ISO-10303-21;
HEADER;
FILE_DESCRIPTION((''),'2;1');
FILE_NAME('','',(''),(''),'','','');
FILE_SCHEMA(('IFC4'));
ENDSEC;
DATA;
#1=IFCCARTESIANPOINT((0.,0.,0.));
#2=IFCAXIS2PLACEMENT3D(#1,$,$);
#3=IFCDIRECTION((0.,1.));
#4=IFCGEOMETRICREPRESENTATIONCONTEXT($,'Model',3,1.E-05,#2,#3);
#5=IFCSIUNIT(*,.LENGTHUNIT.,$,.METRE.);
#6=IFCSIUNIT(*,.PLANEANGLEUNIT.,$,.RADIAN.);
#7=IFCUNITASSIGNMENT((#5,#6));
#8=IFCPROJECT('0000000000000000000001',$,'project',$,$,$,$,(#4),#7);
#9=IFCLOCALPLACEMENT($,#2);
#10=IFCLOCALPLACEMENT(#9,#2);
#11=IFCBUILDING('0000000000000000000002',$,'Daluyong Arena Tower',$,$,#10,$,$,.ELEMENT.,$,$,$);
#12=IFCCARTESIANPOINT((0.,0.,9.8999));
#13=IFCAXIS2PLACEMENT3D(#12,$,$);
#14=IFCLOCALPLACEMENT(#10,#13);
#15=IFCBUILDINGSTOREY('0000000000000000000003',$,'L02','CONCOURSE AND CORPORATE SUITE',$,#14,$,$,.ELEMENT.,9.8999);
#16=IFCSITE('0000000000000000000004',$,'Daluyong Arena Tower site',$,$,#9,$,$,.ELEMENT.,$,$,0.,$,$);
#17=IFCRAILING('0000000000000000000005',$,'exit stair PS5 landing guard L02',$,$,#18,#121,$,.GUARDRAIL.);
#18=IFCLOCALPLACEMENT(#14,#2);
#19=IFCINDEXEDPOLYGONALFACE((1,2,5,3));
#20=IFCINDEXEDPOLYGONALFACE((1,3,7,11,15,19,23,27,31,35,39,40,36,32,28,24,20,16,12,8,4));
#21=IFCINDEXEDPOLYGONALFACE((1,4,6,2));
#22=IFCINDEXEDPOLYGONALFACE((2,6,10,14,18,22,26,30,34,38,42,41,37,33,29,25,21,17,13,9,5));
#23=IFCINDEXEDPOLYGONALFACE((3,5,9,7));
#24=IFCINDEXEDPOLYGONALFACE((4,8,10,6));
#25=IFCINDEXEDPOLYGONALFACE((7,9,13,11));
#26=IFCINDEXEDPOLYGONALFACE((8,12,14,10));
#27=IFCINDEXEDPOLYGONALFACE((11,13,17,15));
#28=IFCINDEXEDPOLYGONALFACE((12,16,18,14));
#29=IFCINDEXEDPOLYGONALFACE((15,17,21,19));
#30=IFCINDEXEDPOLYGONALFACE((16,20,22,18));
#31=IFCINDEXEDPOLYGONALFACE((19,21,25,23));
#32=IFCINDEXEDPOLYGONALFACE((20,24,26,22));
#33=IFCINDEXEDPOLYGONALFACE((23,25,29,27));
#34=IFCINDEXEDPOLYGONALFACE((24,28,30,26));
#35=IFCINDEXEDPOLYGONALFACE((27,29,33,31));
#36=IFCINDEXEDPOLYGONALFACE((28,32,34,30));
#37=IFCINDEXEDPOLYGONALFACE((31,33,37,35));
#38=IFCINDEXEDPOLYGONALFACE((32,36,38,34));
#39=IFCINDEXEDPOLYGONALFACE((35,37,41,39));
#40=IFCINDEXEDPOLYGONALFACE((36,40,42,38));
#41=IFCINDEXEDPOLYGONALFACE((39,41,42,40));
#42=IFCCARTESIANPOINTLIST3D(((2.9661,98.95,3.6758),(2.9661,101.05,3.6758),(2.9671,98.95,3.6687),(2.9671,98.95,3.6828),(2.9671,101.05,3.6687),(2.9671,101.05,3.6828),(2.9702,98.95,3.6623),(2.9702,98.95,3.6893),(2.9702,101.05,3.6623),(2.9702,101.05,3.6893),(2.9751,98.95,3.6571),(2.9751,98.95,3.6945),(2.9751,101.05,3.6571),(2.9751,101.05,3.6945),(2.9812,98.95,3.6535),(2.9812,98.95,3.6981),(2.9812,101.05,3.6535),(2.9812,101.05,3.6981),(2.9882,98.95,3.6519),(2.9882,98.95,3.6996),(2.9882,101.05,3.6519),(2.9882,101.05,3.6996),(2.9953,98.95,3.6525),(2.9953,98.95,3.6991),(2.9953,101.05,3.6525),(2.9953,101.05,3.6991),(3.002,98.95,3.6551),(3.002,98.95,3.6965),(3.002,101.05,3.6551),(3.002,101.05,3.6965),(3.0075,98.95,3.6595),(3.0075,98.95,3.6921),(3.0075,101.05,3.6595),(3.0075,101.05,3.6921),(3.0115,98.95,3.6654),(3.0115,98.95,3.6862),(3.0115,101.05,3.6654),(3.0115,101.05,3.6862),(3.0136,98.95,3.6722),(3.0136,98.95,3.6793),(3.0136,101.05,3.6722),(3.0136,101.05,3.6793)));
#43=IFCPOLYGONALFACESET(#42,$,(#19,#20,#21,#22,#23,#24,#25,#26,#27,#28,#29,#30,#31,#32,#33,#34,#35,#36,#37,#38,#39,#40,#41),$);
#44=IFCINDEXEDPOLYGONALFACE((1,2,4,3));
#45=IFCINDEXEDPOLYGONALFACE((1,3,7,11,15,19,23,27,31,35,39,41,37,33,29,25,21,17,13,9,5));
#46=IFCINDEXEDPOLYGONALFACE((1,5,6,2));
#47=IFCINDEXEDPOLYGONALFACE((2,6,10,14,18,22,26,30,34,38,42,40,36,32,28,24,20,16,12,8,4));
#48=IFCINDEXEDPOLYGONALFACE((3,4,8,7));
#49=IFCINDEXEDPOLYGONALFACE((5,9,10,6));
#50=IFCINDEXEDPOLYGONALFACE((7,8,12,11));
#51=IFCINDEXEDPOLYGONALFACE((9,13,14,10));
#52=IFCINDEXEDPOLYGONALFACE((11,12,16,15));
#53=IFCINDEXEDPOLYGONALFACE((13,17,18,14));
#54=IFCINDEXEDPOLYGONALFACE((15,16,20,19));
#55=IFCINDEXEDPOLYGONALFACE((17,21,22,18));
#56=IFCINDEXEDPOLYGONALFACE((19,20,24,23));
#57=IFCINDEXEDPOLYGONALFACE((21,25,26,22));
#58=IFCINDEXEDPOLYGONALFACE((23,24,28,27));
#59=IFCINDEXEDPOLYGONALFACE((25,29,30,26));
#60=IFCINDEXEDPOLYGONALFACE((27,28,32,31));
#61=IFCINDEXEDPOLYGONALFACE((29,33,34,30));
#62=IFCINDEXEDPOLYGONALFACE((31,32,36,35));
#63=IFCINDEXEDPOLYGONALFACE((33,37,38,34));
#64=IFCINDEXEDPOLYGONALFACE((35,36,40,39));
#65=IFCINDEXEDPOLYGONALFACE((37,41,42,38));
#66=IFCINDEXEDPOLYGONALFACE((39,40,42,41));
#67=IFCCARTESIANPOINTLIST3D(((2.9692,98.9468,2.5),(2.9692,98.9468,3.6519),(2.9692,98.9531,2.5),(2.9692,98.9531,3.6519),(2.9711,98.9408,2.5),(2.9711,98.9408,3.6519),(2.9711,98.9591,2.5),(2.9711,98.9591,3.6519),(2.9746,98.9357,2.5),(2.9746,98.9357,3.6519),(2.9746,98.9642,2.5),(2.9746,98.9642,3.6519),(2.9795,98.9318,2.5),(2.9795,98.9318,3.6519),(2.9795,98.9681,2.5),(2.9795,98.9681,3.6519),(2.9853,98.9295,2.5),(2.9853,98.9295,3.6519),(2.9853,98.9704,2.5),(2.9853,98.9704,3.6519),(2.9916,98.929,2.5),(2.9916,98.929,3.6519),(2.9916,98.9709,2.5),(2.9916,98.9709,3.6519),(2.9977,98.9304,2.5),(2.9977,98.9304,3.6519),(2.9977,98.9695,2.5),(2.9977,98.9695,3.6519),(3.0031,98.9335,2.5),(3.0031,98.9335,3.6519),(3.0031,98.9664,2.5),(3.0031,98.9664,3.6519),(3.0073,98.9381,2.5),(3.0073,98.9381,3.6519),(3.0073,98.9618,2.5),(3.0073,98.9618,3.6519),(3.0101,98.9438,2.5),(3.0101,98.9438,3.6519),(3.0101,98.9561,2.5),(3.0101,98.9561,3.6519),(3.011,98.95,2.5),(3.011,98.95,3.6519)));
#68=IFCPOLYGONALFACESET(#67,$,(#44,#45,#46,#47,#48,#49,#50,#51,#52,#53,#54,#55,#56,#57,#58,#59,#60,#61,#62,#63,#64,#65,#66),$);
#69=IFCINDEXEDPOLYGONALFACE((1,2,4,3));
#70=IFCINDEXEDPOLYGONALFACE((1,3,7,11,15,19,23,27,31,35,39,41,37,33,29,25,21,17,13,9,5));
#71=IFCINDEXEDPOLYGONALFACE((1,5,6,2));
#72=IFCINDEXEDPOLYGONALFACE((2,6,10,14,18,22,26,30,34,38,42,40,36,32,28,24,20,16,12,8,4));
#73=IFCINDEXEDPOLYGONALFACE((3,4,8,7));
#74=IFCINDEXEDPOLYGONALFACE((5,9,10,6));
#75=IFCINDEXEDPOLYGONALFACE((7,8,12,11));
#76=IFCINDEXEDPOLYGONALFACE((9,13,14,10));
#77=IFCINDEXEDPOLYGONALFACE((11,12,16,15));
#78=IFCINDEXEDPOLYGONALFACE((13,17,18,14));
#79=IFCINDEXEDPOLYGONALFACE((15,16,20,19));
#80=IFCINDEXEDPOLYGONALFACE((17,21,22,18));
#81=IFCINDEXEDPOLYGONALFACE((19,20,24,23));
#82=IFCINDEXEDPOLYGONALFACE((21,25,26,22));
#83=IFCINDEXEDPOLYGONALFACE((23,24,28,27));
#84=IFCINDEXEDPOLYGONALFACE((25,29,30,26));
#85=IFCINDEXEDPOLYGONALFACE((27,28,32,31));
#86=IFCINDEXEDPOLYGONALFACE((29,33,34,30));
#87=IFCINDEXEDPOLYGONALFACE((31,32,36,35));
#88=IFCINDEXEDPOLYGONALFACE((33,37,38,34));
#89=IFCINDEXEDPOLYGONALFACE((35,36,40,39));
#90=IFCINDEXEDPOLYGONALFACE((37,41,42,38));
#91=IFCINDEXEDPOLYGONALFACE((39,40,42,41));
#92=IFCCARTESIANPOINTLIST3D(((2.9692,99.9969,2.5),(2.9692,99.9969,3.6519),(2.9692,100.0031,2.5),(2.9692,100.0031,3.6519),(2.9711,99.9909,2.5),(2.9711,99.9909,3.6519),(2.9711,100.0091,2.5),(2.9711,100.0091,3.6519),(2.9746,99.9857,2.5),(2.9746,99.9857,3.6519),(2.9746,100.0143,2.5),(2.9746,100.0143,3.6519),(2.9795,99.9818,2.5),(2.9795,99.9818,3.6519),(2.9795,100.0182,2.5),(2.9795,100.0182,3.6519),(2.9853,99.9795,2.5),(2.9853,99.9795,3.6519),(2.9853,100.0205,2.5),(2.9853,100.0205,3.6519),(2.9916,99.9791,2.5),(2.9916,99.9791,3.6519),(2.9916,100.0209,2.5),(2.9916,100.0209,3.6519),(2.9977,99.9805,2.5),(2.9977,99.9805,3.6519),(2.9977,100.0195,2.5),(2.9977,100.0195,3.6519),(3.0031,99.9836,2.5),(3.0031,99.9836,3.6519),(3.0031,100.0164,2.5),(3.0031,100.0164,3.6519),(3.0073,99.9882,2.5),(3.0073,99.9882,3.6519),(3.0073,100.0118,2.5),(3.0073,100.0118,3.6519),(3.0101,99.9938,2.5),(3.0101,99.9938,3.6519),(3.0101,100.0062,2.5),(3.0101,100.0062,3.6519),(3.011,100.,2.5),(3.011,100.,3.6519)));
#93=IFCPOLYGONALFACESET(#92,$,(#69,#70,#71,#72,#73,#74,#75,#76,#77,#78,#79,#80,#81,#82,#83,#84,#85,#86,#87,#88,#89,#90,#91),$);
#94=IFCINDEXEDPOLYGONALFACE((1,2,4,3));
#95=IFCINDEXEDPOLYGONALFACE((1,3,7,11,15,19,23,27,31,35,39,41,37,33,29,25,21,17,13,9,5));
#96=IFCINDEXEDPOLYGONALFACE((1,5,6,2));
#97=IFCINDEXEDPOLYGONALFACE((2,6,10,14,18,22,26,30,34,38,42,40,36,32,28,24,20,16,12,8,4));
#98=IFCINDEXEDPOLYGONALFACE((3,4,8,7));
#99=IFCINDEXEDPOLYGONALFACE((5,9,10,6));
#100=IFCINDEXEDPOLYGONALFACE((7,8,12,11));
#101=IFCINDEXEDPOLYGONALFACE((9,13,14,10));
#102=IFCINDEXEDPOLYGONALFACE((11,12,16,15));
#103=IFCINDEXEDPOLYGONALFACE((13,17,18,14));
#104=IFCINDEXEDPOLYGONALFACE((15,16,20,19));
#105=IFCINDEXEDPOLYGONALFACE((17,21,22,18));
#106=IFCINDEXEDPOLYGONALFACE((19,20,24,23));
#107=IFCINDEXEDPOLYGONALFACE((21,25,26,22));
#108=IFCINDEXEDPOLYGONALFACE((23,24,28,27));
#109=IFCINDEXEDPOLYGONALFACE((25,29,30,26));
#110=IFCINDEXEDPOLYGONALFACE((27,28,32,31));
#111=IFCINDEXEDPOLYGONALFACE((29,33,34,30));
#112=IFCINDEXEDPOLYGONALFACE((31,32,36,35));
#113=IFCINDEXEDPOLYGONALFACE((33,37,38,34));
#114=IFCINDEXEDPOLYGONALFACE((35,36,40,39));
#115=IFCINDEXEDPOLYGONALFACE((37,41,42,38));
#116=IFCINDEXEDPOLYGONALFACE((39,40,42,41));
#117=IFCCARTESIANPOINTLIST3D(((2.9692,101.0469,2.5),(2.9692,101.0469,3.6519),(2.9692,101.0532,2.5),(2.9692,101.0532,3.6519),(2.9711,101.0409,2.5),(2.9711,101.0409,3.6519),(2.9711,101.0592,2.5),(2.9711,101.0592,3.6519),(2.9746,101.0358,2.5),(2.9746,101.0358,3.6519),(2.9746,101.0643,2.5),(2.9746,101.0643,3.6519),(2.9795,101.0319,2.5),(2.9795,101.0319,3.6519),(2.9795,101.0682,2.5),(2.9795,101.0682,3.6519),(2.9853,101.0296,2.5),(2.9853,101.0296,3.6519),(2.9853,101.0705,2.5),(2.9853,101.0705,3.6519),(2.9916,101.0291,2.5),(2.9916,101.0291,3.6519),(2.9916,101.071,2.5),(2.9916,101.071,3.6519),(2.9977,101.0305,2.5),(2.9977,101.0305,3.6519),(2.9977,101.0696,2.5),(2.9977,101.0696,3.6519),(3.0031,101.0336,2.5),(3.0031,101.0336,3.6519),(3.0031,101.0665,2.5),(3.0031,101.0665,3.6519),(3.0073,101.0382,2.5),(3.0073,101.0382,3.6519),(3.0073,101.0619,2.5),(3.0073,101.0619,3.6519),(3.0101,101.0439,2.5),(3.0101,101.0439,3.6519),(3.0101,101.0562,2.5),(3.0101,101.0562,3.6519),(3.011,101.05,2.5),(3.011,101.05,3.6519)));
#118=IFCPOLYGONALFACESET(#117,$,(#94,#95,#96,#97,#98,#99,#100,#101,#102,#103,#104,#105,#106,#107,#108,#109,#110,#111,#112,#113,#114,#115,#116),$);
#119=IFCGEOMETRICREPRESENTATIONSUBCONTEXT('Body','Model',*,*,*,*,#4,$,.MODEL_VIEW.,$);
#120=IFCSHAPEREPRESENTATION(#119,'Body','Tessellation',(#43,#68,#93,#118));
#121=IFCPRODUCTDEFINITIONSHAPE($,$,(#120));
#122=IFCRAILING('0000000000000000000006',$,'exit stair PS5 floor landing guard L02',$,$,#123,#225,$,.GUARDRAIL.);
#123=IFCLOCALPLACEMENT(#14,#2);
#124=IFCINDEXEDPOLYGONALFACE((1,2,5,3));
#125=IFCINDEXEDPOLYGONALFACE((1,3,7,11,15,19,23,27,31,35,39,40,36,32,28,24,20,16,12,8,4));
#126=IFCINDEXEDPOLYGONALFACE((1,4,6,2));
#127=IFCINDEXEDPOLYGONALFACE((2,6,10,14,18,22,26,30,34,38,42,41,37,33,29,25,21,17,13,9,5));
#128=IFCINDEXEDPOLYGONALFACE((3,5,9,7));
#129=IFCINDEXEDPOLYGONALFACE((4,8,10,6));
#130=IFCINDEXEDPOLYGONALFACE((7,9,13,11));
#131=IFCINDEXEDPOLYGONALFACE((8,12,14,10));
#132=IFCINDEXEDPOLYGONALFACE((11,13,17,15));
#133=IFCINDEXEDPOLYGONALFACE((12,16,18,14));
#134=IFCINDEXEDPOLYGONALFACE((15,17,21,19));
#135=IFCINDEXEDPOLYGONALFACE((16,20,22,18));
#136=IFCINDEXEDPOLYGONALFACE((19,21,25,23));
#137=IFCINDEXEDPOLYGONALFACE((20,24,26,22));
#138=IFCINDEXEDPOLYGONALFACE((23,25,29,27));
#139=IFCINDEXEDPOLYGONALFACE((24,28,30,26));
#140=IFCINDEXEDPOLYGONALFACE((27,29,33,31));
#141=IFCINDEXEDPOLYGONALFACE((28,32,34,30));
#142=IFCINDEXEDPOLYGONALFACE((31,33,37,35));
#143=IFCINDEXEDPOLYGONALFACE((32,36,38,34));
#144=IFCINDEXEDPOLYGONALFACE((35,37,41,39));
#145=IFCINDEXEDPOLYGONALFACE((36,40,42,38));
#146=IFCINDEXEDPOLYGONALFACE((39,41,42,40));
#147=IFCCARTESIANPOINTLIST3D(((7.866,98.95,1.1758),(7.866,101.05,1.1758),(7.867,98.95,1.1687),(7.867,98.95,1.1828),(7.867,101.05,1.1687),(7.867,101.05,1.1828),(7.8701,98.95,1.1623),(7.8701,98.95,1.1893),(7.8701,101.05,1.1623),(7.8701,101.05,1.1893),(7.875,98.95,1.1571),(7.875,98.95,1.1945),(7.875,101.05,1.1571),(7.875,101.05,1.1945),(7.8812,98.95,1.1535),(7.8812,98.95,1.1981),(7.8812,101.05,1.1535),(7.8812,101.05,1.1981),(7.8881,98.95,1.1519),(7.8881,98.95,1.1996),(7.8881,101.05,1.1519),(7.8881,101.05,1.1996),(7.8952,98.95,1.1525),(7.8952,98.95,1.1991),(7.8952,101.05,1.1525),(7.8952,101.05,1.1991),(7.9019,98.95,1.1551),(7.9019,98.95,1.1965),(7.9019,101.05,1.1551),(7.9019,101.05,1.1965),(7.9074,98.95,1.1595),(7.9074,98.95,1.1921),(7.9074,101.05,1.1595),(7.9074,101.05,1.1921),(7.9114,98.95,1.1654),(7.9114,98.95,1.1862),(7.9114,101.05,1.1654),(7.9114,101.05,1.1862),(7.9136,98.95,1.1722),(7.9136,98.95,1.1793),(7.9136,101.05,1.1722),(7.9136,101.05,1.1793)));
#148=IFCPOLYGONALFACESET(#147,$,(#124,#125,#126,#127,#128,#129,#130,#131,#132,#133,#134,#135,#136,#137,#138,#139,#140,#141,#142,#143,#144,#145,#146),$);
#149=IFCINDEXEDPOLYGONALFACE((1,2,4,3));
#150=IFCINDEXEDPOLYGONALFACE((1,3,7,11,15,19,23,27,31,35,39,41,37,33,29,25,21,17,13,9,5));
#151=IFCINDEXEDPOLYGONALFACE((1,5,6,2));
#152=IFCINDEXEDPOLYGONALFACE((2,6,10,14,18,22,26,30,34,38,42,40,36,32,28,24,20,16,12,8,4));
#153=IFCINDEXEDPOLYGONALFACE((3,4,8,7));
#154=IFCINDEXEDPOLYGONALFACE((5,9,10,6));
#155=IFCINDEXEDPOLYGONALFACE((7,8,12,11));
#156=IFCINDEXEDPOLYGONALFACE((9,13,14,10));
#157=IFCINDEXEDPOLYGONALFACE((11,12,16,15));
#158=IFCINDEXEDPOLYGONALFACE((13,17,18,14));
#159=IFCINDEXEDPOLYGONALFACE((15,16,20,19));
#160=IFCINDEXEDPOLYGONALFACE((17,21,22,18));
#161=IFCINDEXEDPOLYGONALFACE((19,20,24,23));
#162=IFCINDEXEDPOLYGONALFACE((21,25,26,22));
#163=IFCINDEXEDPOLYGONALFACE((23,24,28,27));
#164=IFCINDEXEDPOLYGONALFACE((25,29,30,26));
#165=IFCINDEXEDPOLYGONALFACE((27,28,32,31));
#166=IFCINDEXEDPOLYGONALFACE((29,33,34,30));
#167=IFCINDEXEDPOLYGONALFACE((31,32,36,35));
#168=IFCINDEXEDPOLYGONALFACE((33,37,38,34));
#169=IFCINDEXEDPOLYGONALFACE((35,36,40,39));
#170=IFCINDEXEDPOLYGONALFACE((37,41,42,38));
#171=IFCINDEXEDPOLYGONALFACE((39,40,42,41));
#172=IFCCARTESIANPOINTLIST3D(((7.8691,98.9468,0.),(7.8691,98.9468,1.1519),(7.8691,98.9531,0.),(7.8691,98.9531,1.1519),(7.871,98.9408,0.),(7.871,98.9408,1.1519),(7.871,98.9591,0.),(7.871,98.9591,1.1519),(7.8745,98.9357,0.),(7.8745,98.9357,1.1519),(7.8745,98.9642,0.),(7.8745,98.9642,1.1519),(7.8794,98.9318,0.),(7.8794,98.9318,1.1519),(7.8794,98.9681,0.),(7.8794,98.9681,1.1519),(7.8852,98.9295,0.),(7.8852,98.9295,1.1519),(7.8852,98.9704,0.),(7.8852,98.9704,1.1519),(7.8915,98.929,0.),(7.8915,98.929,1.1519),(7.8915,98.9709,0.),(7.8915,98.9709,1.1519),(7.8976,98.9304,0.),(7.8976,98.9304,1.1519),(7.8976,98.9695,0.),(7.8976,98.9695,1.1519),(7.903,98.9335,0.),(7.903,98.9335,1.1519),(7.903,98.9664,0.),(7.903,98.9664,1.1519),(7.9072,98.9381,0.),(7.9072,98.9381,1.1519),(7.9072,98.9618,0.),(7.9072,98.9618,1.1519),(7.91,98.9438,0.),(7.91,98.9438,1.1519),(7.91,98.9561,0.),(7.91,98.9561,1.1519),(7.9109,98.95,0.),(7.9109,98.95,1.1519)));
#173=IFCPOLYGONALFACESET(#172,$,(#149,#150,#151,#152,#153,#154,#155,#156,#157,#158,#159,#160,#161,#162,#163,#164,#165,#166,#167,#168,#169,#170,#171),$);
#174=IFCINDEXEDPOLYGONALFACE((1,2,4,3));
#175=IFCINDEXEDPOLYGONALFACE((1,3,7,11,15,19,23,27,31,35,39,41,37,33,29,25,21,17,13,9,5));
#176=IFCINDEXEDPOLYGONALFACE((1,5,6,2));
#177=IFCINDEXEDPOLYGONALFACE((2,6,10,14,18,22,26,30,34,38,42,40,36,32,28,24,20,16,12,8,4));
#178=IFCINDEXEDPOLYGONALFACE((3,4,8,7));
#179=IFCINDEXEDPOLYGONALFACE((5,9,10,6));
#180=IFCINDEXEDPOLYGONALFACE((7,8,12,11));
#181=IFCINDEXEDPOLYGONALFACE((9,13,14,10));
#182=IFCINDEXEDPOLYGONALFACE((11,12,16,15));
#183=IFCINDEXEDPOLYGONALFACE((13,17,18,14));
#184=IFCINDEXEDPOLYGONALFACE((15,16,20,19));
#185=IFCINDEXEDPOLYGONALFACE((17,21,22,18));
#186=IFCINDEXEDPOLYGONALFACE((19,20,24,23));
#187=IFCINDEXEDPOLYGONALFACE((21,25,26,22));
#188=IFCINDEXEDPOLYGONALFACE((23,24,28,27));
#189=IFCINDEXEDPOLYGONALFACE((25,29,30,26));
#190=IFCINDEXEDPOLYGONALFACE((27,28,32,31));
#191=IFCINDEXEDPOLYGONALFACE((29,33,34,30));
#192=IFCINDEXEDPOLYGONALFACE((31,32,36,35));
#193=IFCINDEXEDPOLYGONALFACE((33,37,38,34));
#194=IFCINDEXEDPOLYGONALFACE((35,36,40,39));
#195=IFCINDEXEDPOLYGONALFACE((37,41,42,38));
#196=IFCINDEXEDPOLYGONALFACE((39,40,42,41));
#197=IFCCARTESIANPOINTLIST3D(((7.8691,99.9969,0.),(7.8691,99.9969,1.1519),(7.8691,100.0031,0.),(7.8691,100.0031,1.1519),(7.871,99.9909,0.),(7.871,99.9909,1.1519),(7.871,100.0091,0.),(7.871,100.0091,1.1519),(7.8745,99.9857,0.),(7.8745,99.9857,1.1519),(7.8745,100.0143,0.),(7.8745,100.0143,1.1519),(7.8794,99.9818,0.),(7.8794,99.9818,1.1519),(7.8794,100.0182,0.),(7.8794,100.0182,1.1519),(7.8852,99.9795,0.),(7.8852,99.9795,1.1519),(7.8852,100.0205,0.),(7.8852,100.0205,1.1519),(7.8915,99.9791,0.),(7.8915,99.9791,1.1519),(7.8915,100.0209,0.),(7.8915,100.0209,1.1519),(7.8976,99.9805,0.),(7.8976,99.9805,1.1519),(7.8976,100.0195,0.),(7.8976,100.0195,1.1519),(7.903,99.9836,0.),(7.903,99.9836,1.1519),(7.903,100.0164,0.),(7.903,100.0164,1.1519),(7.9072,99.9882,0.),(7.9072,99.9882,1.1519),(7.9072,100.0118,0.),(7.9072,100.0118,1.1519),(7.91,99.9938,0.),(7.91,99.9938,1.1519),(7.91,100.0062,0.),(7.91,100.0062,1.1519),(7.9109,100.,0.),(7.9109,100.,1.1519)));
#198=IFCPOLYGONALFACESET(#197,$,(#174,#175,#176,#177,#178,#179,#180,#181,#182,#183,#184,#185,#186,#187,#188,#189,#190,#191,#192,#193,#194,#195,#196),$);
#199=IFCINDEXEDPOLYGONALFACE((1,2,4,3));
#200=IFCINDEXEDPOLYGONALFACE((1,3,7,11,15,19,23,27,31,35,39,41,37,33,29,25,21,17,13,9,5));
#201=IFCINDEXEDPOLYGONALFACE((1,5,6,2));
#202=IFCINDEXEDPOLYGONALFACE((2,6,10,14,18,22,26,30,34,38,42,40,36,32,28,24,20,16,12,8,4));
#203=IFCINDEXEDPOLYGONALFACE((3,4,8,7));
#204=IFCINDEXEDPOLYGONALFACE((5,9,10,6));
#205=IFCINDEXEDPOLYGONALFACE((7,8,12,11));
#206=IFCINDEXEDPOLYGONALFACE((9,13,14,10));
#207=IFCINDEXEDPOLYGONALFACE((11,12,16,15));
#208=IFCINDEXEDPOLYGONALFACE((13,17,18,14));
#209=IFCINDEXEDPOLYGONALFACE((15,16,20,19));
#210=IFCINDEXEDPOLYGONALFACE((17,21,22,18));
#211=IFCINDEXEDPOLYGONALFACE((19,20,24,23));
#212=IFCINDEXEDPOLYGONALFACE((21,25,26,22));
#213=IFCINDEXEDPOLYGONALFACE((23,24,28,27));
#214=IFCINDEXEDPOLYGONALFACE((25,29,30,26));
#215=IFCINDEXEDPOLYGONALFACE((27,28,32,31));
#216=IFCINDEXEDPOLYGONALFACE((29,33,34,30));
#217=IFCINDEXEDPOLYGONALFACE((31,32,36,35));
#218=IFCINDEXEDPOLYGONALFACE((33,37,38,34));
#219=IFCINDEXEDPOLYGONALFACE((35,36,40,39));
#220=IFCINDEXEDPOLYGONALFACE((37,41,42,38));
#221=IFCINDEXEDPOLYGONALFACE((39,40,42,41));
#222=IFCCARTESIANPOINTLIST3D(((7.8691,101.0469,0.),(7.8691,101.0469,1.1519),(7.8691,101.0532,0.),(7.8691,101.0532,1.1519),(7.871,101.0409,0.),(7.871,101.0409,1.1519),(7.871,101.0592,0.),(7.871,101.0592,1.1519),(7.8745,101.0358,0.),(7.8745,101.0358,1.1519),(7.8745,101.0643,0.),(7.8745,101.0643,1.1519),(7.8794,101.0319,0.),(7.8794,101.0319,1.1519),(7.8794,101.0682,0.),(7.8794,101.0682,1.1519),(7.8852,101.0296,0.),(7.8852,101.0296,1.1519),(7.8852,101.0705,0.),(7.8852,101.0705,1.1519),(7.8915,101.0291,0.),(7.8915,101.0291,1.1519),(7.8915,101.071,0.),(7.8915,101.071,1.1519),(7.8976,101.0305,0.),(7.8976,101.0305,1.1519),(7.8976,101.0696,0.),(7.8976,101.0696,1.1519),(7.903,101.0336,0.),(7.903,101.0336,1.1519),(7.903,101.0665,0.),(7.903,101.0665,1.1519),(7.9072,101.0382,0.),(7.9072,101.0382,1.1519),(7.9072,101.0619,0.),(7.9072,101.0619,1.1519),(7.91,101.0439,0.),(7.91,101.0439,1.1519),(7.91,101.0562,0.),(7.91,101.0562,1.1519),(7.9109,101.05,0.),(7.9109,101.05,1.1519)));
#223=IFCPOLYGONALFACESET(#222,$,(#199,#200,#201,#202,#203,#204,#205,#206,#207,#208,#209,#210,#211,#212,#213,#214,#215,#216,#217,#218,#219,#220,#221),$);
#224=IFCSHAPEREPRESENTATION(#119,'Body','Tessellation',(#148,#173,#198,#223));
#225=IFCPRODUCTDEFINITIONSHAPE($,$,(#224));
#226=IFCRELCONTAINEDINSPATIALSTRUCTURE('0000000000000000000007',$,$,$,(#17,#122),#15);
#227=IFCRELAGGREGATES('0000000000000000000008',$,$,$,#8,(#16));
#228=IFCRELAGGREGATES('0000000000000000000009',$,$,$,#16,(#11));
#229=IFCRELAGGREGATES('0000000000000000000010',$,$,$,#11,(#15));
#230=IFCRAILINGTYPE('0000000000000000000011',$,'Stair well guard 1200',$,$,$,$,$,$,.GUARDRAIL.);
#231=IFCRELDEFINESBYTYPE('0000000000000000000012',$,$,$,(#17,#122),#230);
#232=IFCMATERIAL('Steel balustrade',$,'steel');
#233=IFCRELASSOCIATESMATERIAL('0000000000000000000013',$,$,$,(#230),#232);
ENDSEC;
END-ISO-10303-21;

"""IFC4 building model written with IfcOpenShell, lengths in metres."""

from ifc_helpers import new_model, si_unit, direction, frame, origin, origin_2d, place, context, subcontext, project, spatial, circle, extrude, material, type_object, element, save


model = new_model("IFC4")

# Units and contexts
model_context = context("Model", 3, precision=1e-05, world=origin(), true_north=direction((0.0, 1.0)))
body_context = subcontext(model_context, "Body", "Model", "MODEL_VIEW")
ifc_project = project(units=[si_unit("LENGTHUNIT", "METRE"), si_unit("PLANEANGLEUNIT", "RADIAN")], contexts=[model_context])

# Site, building, storey
site_placement = place(None, origin())
site = spatial("IfcSite", under=ifc_project, at=site_placement, Name="Daluyong Arena Tower site", CompositionType="ELEMENT", RefElevation=0.0)
building_placement = place(site_placement, origin())
building = spatial("IfcBuilding", under=site, at=building_placement, Name="Daluyong Arena Tower", CompositionType="ELEMENT")
storey_placement = place(building_placement, frame((0.0, 0.0, 9.8999)))
storey = spatial("IfcBuildingStorey", under=building, at=storey_placement, Name="L02", Description="CONCOURSE AND CORPORATE SUITE", CompositionType="ELEMENT", Elevation=9.8999)

# Railings
ifc_material_1 = material(Name="Steel balustrade", Category="steel")
railing_type_1 = type_object("IfcRailingType", Name="Stair well guard 1200", PredefinedType="GUARDRAIL", material=ifc_material_1)
for number, where, name in (
    (1, (2.99, 98.95, 2.5), "exit stair PS5 landing guard L02"),
    (2, (7.8899, 98.95, 0.0), "exit stair PS5 floor landing guard L02"),
):
    element("IfcRailing", number, at=place(storey_placement, frame(where)), inside=storey, type_object=railing_type_1, Name=name, PredefinedType="GUARDRAIL", context=body_context, shape_type="SweptSolid", body=[
        extrude(circle(Radius=0.0239, at=origin_2d()), frame((0.0, 0.0, 1.1758), z_axis=(0.0, 1.0, 0.0), x_axis=(-1.0, 0.0, 0.0)), (0.0, 0.0, 1.0), 2.1001),
        extrude(circle(Radius=0.021, at=origin_2d()), origin(), (0.0, 0.0, 1.0), 1.1519),
        extrude(circle(Radius=0.021, at=origin_2d()), frame((0.0, 1.05, 0.0)), (0.0, 0.0, 1.0), 1.1519),
        extrude(circle(Radius=0.021, at=origin_2d()), frame((0.0, 2.1001, 0.0)), (0.0, 0.0, 1.0), 1.1519),
    ])

save(model, "model.ifc")
